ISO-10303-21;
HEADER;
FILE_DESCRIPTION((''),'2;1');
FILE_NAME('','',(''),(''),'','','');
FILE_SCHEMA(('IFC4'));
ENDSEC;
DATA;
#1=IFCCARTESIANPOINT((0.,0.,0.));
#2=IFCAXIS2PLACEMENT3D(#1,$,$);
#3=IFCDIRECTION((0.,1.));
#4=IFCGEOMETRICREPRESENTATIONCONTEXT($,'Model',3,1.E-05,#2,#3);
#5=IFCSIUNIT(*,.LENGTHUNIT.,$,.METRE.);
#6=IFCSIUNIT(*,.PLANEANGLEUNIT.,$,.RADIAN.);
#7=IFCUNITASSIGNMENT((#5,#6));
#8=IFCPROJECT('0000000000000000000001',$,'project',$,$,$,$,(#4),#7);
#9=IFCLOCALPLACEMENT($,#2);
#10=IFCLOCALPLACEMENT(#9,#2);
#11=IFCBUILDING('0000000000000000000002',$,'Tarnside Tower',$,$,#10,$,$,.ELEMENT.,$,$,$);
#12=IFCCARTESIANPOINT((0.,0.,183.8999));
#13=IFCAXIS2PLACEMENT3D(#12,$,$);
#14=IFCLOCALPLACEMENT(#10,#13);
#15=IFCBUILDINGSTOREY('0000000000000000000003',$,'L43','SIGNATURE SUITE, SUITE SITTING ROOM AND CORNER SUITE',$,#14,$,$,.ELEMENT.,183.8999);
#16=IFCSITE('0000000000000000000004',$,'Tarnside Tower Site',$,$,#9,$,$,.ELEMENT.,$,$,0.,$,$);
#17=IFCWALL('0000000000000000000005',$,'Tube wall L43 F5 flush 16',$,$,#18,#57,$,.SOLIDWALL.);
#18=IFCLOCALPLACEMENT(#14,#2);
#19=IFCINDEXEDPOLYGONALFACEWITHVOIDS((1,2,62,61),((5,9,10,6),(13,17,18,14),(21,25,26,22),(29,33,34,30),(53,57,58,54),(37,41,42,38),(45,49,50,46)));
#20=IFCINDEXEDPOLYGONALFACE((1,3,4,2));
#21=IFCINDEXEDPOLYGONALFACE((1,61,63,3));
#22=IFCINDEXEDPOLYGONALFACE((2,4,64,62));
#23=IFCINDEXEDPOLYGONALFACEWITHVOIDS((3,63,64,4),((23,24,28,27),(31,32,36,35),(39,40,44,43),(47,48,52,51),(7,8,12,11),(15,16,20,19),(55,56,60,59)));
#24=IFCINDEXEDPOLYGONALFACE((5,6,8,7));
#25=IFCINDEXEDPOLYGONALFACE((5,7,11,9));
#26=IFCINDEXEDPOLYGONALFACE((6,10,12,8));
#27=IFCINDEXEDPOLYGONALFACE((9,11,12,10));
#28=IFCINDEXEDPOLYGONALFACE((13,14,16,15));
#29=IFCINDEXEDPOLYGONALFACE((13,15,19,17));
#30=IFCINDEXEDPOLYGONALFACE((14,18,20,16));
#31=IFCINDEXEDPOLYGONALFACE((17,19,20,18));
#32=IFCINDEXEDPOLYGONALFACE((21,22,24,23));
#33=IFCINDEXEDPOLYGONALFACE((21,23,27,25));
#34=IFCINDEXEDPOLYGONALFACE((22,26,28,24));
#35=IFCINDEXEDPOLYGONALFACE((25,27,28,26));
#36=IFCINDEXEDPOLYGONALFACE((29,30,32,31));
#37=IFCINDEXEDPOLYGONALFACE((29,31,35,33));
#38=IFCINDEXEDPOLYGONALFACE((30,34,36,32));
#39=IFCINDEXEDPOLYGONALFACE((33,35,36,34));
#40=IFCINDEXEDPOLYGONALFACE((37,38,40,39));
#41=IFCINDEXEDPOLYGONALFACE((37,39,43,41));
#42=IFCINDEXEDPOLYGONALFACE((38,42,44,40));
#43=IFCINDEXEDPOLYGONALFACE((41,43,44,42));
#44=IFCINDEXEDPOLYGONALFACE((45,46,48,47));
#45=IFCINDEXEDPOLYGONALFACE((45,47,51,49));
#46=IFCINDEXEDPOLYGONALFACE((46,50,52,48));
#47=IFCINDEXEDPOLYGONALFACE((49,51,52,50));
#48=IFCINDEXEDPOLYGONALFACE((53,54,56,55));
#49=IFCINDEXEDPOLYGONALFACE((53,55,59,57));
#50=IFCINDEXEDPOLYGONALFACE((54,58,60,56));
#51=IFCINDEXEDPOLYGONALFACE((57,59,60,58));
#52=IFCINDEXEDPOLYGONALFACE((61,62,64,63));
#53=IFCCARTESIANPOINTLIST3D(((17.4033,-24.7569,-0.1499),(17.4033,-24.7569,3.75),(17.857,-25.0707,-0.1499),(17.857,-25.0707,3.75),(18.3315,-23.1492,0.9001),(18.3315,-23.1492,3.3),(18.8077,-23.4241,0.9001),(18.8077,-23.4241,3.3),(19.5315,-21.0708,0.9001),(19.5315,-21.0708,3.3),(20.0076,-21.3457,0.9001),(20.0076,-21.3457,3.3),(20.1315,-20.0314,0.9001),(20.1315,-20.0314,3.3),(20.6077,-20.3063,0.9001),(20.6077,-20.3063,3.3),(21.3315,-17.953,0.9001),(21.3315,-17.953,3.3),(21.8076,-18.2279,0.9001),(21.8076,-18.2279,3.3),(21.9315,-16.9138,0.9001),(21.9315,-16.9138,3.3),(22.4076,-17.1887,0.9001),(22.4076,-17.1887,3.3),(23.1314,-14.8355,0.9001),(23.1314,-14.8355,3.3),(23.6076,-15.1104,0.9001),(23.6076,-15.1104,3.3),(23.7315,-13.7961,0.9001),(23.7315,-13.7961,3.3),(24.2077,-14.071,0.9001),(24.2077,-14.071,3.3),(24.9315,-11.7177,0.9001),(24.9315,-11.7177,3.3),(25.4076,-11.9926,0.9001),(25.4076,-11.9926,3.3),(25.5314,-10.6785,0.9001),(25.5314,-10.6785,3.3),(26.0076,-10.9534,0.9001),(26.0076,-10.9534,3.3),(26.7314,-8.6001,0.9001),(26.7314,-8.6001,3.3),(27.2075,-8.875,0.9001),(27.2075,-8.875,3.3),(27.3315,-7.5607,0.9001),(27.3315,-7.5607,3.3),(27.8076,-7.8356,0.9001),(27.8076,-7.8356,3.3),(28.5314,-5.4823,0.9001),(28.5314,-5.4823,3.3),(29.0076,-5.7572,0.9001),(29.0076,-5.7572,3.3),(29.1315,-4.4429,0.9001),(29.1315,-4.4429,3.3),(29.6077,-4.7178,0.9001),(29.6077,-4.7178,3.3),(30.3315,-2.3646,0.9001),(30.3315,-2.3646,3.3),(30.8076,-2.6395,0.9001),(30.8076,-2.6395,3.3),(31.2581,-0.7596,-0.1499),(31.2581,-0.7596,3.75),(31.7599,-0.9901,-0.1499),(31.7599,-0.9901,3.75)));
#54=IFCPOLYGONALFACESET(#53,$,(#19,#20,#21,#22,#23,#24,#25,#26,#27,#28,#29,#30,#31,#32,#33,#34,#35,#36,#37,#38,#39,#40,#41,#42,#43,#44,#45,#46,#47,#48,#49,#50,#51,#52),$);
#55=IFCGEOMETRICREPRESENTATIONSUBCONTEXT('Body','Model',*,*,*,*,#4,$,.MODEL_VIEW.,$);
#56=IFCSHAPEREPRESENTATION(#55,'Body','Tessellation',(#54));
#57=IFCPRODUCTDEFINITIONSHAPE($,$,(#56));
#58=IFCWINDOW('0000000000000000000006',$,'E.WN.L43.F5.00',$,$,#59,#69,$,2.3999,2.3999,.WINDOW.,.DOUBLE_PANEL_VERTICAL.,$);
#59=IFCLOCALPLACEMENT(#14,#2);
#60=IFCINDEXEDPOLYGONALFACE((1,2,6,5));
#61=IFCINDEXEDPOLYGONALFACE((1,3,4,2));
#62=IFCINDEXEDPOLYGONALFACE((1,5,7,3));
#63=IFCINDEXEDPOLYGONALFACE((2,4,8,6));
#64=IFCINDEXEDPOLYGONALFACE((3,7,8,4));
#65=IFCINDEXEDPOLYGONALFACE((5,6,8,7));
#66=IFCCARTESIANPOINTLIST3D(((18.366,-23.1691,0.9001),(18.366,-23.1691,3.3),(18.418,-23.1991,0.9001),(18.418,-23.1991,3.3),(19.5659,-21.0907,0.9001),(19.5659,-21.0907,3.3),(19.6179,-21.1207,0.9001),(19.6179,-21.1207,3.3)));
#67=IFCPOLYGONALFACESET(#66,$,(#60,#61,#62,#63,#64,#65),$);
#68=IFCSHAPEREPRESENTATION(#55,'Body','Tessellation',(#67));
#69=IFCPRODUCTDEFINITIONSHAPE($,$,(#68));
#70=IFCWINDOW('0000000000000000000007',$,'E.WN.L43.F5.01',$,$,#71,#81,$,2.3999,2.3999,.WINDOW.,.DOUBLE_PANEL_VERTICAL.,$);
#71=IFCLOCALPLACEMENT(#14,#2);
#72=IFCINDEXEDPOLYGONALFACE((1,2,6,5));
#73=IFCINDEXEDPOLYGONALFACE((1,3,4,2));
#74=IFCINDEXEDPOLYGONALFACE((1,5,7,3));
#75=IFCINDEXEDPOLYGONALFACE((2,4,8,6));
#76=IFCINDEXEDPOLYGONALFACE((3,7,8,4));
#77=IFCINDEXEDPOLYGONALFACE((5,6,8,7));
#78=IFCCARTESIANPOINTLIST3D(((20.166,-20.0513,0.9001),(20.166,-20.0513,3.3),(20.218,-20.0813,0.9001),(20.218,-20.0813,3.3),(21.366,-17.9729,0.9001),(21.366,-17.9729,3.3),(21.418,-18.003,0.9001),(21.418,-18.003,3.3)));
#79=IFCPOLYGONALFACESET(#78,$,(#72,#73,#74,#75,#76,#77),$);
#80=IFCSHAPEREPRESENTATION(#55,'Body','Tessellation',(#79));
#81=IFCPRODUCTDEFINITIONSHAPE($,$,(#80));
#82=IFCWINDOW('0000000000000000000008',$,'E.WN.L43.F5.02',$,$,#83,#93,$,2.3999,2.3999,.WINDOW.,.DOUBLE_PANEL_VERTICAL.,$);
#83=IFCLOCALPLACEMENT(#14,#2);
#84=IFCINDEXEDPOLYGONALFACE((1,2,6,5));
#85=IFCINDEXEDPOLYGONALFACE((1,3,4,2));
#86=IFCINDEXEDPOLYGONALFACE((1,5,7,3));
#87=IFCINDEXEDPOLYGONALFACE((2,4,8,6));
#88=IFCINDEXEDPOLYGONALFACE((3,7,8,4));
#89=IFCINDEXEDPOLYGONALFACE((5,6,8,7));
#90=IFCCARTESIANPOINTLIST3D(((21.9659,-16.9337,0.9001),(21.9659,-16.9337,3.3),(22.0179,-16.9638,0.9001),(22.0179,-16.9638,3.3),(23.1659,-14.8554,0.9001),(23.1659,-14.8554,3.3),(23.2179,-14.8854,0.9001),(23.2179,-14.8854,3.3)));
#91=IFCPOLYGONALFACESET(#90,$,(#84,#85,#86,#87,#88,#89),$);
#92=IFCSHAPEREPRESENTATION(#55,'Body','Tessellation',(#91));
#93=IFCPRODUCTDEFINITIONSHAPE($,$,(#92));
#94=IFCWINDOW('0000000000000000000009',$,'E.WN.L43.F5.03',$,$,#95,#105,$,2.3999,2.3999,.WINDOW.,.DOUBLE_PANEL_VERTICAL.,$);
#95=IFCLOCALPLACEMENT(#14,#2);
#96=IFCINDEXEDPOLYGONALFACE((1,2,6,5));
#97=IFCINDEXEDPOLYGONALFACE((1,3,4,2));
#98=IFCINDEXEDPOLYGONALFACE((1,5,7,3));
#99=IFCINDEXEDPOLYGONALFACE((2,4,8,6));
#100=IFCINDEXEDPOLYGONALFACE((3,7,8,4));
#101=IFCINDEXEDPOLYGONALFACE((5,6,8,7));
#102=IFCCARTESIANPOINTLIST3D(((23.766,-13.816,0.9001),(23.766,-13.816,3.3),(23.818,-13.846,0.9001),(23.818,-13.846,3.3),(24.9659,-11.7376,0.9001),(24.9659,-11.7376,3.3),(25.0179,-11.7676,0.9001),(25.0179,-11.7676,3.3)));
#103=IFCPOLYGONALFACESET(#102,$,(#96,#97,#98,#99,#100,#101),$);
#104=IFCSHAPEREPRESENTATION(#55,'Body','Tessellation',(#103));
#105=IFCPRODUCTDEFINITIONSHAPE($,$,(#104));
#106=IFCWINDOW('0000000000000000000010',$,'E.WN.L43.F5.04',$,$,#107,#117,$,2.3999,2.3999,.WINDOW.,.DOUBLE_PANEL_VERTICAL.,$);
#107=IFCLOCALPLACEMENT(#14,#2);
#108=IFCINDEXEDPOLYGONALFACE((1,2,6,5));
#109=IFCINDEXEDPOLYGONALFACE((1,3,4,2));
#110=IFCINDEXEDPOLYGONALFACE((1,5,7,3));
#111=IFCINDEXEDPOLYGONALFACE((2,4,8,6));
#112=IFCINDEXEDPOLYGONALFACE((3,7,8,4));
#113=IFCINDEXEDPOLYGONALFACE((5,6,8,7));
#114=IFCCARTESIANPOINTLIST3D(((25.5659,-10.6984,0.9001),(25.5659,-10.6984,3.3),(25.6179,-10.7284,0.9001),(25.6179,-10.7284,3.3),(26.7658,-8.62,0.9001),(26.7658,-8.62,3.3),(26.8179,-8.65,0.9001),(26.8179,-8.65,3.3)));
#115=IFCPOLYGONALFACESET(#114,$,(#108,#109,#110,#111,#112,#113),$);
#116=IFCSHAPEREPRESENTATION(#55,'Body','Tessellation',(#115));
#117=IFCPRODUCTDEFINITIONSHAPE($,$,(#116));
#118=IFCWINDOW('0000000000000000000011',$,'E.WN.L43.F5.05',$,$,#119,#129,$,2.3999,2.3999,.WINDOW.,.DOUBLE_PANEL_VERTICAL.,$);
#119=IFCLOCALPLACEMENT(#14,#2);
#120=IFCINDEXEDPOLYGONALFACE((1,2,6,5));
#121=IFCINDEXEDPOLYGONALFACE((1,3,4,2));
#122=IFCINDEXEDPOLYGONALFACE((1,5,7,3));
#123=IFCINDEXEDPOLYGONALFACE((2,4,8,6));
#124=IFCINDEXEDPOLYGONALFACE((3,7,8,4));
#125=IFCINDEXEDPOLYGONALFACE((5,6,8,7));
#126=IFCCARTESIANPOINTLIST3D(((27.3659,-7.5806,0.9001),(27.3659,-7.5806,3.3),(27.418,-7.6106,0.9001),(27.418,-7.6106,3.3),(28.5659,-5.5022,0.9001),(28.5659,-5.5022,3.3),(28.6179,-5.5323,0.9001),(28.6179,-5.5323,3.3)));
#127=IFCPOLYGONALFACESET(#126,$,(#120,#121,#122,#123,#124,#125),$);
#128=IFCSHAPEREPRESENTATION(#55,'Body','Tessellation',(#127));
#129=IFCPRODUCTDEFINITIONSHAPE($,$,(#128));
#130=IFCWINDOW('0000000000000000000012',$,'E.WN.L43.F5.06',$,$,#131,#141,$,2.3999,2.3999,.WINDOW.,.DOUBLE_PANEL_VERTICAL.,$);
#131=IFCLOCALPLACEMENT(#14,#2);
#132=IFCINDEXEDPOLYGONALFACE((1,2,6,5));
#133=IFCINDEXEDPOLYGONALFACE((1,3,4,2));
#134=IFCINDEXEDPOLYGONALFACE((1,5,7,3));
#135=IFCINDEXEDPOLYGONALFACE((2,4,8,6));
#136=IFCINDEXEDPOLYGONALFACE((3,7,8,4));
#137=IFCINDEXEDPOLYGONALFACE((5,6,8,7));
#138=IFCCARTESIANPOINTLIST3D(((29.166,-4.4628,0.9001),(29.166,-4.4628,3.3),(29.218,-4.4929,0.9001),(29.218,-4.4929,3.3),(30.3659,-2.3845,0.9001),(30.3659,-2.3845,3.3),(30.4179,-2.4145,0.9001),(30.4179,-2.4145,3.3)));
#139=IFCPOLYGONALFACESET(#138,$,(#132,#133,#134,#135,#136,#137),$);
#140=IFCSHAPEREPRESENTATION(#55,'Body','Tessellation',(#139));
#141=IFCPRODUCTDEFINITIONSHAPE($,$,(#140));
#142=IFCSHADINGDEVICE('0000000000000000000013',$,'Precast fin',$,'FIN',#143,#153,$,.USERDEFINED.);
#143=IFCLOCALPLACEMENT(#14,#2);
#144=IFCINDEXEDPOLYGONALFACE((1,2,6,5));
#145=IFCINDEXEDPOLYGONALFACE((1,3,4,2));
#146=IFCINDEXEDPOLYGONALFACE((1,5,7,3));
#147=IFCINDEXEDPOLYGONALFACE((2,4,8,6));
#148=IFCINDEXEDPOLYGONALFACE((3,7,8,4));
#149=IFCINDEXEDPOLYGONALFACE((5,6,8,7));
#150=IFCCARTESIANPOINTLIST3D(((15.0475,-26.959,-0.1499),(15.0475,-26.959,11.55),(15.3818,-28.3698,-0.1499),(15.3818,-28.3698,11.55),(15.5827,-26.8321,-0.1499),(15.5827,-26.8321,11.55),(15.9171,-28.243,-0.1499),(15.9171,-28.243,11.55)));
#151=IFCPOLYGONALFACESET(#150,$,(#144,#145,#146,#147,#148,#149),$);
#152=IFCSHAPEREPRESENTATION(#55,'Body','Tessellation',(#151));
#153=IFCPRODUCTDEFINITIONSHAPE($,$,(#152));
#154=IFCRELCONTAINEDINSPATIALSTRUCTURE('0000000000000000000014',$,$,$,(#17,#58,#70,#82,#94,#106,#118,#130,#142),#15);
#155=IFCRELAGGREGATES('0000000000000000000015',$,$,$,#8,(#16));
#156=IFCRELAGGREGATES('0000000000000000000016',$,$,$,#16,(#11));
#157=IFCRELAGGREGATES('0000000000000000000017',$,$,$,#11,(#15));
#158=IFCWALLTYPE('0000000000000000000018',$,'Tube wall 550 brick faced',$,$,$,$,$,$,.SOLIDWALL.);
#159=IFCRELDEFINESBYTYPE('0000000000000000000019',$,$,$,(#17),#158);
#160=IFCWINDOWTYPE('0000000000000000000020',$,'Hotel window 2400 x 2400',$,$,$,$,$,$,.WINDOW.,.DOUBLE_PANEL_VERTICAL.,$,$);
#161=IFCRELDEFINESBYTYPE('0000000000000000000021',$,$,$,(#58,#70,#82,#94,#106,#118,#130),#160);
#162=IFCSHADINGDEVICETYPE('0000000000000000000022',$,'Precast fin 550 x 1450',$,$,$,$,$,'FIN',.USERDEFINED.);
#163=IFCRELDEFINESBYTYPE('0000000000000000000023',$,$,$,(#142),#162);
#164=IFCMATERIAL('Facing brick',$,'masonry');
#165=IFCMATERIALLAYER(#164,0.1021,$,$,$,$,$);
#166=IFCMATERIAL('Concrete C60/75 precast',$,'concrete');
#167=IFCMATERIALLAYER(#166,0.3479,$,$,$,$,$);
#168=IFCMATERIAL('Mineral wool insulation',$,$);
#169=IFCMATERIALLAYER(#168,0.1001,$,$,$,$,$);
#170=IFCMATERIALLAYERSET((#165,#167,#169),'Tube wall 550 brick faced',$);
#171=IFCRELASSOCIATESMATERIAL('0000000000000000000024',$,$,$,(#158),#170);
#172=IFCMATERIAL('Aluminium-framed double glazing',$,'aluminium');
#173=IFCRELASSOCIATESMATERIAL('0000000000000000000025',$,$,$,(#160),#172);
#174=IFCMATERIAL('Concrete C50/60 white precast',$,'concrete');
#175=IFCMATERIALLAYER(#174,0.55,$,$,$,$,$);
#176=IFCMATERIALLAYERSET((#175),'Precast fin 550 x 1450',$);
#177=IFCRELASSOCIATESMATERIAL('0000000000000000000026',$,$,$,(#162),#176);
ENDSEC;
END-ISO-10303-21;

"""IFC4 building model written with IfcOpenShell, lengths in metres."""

from ifc_helpers import new_model, si_unit, direction, frame, frame_2d, origin, place, context, subcontext, project, spatial, polyline, rectangle, outline, extrude, material, layer, layer_set, type_object, element, fill, save


model = new_model("IFC4")

# Units and contexts
model_context = context("Model", 3, precision=1e-05, world=origin(), true_north=direction((0.0, 1.0)))
body_context = subcontext(model_context, "Body", "Model", "MODEL_VIEW")
ifc_project = project(units=[si_unit("LENGTHUNIT", "METRE"), si_unit("PLANEANGLEUNIT", "RADIAN")], contexts=[model_context])

# Site, building, storey
site_placement = place(None, origin())
site = spatial("IfcSite", under=ifc_project, at=site_placement, Name="Tarnside Tower Site", CompositionType="ELEMENT", RefElevation=0.0)
building_placement = place(site_placement, origin())
building = spatial("IfcBuilding", under=site, at=building_placement, Name="Tarnside Tower", CompositionType="ELEMENT")
storey_placement = place(building_placement, frame((0.0, 0.0, 183.8999)))
storey = spatial("IfcBuildingStorey", under=building, at=storey_placement, Name="L43", Description="SIGNATURE SUITE, SUITE SITTING ROOM AND CORNER SUITE", CompositionType="ELEMENT", Elevation=183.8999)

# Shared definitions
ifc_material_1 = material(Name="Facing brick", Category="masonry")
ifc_layer_1 = layer(ifc_material_1, 0.1021)
ifc_material_2 = material(Name="Concrete C60/75 precast", Category="concrete")
ifc_layer_2 = layer(ifc_material_2, 0.3479)
ifc_material_3 = material(Name="Mineral wool insulation")
ifc_layer_3 = layer(ifc_material_3, 0.1001)
ifc_layer_set_1 = layer_set([ifc_layer_1, ifc_layer_2, ifc_layer_3], Name="Tube wall 550 brick faced")
wall_type_1 = type_object("IfcWallType", Name="Tube wall 550 brick faced", PredefinedType="SOLIDWALL", material=ifc_layer_set_1)

# Wall, openings, windows
wall_1_placement = place(storey_placement, frame((17.6301, -24.9138, -0.1499), z_axis=(0.0, 0.0, 1.0), x_axis=(0.499999, 0.866026, 0.0)))
wall_1 = element("IfcWall", 1, at=wall_1_placement, inside=storey, type_object=wall_type_1, Name="Tube wall L43 F5 flush 16", PredefinedType="SOLIDWALL", context=body_context, shape_type="SweptSolid", body=[
    extrude(outline(polyline([(-0.0225, -0.2749), (27.7834, -0.2749), (27.7322, 0.2749), (0.0225, 0.2749), (-0.0225, -0.2749)])), origin(), (0.0, 0.0, 1.0), 3.8999),
])
opening_1_placement = place(wall_1_placement, frame((1.8789, 0.0, 1.05)))
opening_1 = element("IfcOpeningElement", 2, at=opening_1_placement, cuts=wall_1, PredefinedType="OPENING", context=body_context, shape_type="SweptSolid", body=[
    extrude(rectangle(XDim=2.3999, YDim=2.3999, at=frame_2d((1.2, 1.2))), frame((0.0, 0.2852, 0.0), z_axis=(0.0, -1.0, 0.0), x_axis=(1.0, 0.0, 0.0)), (0.0, 0.0, 1.0), 0.5701),
])
opening_2_placement = place(wall_1_placement, frame((5.479, 0.0, 1.05)))
opening_2 = element("IfcOpeningElement", 3, at=opening_2_placement, cuts=wall_1, PredefinedType="OPENING", context=body_context, shape_type="SweptSolid", body=[
    extrude(rectangle(XDim=2.3999, YDim=2.3999, at=frame_2d((1.2, 1.2))), frame((0.0, 0.2852, 0.0), z_axis=(0.0, -1.0, 0.0), x_axis=(1.0, 0.0, 0.0)), (0.0, 0.0, 1.0), 0.5701),
])
opening_3_placement = place(wall_1_placement, frame((9.0789, 0.0, 1.05)))
opening_3 = element("IfcOpeningElement", 4, at=opening_3_placement, cuts=wall_1, PredefinedType="OPENING", context=body_context, shape_type="SweptSolid", body=[
    extrude(rectangle(XDim=2.3999, YDim=2.3999, at=frame_2d((1.2, 1.2))), frame((0.0, 0.2852, 0.0), z_axis=(0.0, -1.0, 0.0), x_axis=(1.0, 0.0, 0.0)), (0.0, 0.0, 1.0), 0.5701),
])
opening_4_placement = place(wall_1_placement, frame((12.679, 0.0, 1.05)))
opening_4 = element("IfcOpeningElement", 5, at=opening_4_placement, cuts=wall_1, PredefinedType="OPENING", context=body_context, shape_type="SweptSolid", body=[
    extrude(rectangle(XDim=2.3999, YDim=2.3999, at=frame_2d((1.2, 1.2))), frame((0.0, 0.2852, 0.0), z_axis=(0.0, -1.0, 0.0), x_axis=(1.0, 0.0, 0.0)), (0.0, 0.0, 1.0), 0.5701),
])
opening_5_placement = place(wall_1_placement, frame((16.2788, 0.0, 1.05)))
opening_5 = element("IfcOpeningElement", 6, at=opening_5_placement, cuts=wall_1, PredefinedType="OPENING", context=body_context, shape_type="SweptSolid", body=[
    extrude(rectangle(XDim=2.3999, YDim=2.3999, at=frame_2d((1.2, 1.2))), frame((0.0, 0.2852, 0.0), z_axis=(0.0, -1.0, 0.0), x_axis=(1.0, 0.0, 0.0)), (0.0, 0.0, 1.0), 0.5701),
])
opening_6_placement = place(wall_1_placement, frame((19.8789, 0.0, 1.05)))
opening_6 = element("IfcOpeningElement", 7, at=opening_6_placement, cuts=wall_1, PredefinedType="OPENING", context=body_context, shape_type="SweptSolid", body=[
    extrude(rectangle(XDim=2.3999, YDim=2.3999, at=frame_2d((1.2, 1.2))), frame((0.0, 0.2852, 0.0), z_axis=(0.0, -1.0, 0.0), x_axis=(1.0, 0.0, 0.0)), (0.0, 0.0, 1.0), 0.5701),
])
opening_7_placement = place(wall_1_placement, frame((23.479, 0.0, 1.05)))
opening_7 = element("IfcOpeningElement", 8, at=opening_7_placement, cuts=wall_1, PredefinedType="OPENING", context=body_context, shape_type="SweptSolid", body=[
    extrude(rectangle(XDim=2.3999, YDim=2.3999, at=frame_2d((1.2, 1.2))), frame((0.0, 0.2852, 0.0), z_axis=(0.0, -1.0, 0.0), x_axis=(1.0, 0.0, 0.0)), (0.0, 0.0, 1.0), 0.5701),
])
ifc_material_4 = material(Name="Aluminium-framed double glazing", Category="aluminium")
window_type = type_object("IfcWindowType", Name="Hotel window 2400 x 2400", PartitioningType="DOUBLE_PANEL_VERTICAL", PredefinedType="WINDOW", material=ifc_material_4)
window_1_placement = place(opening_1_placement, frame((0.0, 0.2051, 0.0)))
window_1 = element("IfcWindow", 9, at=window_1_placement, inside=storey, type_object=window_type, Name="E.WN.L43.F5.00", OverallHeight=2.3999, OverallWidth=2.3999, PartitioningType="DOUBLE_PANEL_VERTICAL", PredefinedType="WINDOW", context=body_context, shape_type="SweptSolid", body=[
    extrude(rectangle(XDim=2.3999, YDim=2.3999, at=frame_2d((1.2, 1.2))), frame((0.0, 0.03, 0.0), z_axis=(0.0, -1.0, 0.0), x_axis=(1.0, 0.0, 0.0)), (0.0, 0.0, 1.0), 0.0601),
])
fill(opening_1, window_1)
window_2_placement = place(opening_2_placement, frame((0.0, 0.2051, 0.0)))
window_2 = element("IfcWindow", 10, at=window_2_placement, inside=storey, type_object=window_type, Name="E.WN.L43.F5.01", OverallHeight=2.3999, OverallWidth=2.3999, PartitioningType="DOUBLE_PANEL_VERTICAL", PredefinedType="WINDOW", context=body_context, shape_type="SweptSolid", body=[
    extrude(rectangle(XDim=2.3999, YDim=2.3999, at=frame_2d((1.2, 1.2))), frame((0.0, 0.03, 0.0), z_axis=(0.0, -1.0, 0.0), x_axis=(1.0, 0.0, 0.0)), (0.0, 0.0, 1.0), 0.0601),
])
fill(opening_2, window_2)
window_3_placement = place(opening_3_placement, frame((0.0, 0.2051, 0.0)))
window_3 = element("IfcWindow", 11, at=window_3_placement, inside=storey, type_object=window_type, Name="E.WN.L43.F5.02", OverallHeight=2.3999, OverallWidth=2.3999, PartitioningType="DOUBLE_PANEL_VERTICAL", PredefinedType="WINDOW", context=body_context, shape_type="SweptSolid", body=[
    extrude(rectangle(XDim=2.3999, YDim=2.3999, at=frame_2d((1.2, 1.2))), frame((0.0, 0.03, 0.0), z_axis=(0.0, -1.0, 0.0), x_axis=(1.0, 0.0, 0.0)), (0.0, 0.0, 1.0), 0.0601),
])
fill(opening_3, window_3)
window_4_placement = place(opening_4_placement, frame((0.0, 0.2051, 0.0)))
window_4 = element("IfcWindow", 12, at=window_4_placement, inside=storey, type_object=window_type, Name="E.WN.L43.F5.03", OverallHeight=2.3999, OverallWidth=2.3999, PartitioningType="DOUBLE_PANEL_VERTICAL", PredefinedType="WINDOW", context=body_context, shape_type="SweptSolid", body=[
    extrude(rectangle(XDim=2.3999, YDim=2.3999, at=frame_2d((1.2, 1.2))), frame((0.0, 0.03, 0.0), z_axis=(0.0, -1.0, 0.0), x_axis=(1.0, 0.0, 0.0)), (0.0, 0.0, 1.0), 0.0601),
])
fill(opening_4, window_4)
window_5_placement = place(opening_5_placement, frame((0.0, 0.2051, 0.0)))
window_5 = element("IfcWindow", 13, at=window_5_placement, inside=storey, type_object=window_type, Name="E.WN.L43.F5.04", OverallHeight=2.3999, OverallWidth=2.3999, PartitioningType="DOUBLE_PANEL_VERTICAL", PredefinedType="WINDOW", context=body_context, shape_type="SweptSolid", body=[
    extrude(rectangle(XDim=2.3999, YDim=2.3999, at=frame_2d((1.2, 1.2))), frame((0.0, 0.03, 0.0), z_axis=(0.0, -1.0, 0.0), x_axis=(1.0, 0.0, 0.0)), (0.0, 0.0, 1.0), 0.0601),
])
fill(opening_5, window_5)
window_6_placement = place(opening_6_placement, frame((0.0, 0.2051, 0.0)))
window_6 = element("IfcWindow", 14, at=window_6_placement, inside=storey, type_object=window_type, Name="E.WN.L43.F5.05", OverallHeight=2.3999, OverallWidth=2.3999, PartitioningType="DOUBLE_PANEL_VERTICAL", PredefinedType="WINDOW", context=body_context, shape_type="SweptSolid", body=[
    extrude(rectangle(XDim=2.3999, YDim=2.3999, at=frame_2d((1.2, 1.2))), frame((0.0, 0.03, 0.0), z_axis=(0.0, -1.0, 0.0), x_axis=(1.0, 0.0, 0.0)), (0.0, 0.0, 1.0), 0.0601),
])
fill(opening_6, window_6)
window_7_placement = place(opening_7_placement, frame((0.0, 0.2051, 0.0)))
window_7 = element("IfcWindow", 15, at=window_7_placement, inside=storey, type_object=window_type, Name="E.WN.L43.F5.06", OverallHeight=2.3999, OverallWidth=2.3999, PartitioningType="DOUBLE_PANEL_VERTICAL", PredefinedType="WINDOW", context=body_context, shape_type="SweptSolid", body=[
    extrude(rectangle(XDim=2.3999, YDim=2.3999, at=frame_2d((1.2, 1.2))), frame((0.0, 0.03, 0.0), z_axis=(0.0, -1.0, 0.0), x_axis=(1.0, 0.0, 0.0)), (0.0, 0.0, 1.0), 0.0601),
])
fill(opening_7, window_7)

# Shading device
ifc_material_5 = material(Name="Concrete C50/60 white precast", Category="concrete")
ifc_layer_4 = layer(ifc_material_5, 0.55)
ifc_layer_set_2 = layer_set([ifc_layer_4], Name="Precast fin 550 x 1450")
shading_device_type_1 = type_object("IfcShadingDeviceType", Name="Precast fin 550 x 1450", ElementType="FIN", PredefinedType="USERDEFINED", material=ifc_layer_set_2)
for number, where, z_axis, x_axis, name in (
    (16, (15.3152, -26.8955, -0.1499), (-0.973045, -0.230616, 0.0), (0.230616, -0.973045, 0.0), "Precast fin"),
):
    element("IfcShadingDevice", number, at=place(storey_placement, frame(where, z_axis=z_axis, x_axis=x_axis)), inside=storey, type_object=shading_device_type_1, Name=name, ObjectType="FIN", PredefinedType="USERDEFINED", context=body_context, shape_type="SweptSolid", body=[
        extrude(outline(polyline([(0.0, 0.0), (1.45, 0.0), (1.45, 11.7), (0.0, 11.7), (0.0, 0.0)])), frame((0.0, 0.0, -0.2749)), (0.0, 0.0, 1.0), 0.55),
    ])

save(model, "model.ifc")
